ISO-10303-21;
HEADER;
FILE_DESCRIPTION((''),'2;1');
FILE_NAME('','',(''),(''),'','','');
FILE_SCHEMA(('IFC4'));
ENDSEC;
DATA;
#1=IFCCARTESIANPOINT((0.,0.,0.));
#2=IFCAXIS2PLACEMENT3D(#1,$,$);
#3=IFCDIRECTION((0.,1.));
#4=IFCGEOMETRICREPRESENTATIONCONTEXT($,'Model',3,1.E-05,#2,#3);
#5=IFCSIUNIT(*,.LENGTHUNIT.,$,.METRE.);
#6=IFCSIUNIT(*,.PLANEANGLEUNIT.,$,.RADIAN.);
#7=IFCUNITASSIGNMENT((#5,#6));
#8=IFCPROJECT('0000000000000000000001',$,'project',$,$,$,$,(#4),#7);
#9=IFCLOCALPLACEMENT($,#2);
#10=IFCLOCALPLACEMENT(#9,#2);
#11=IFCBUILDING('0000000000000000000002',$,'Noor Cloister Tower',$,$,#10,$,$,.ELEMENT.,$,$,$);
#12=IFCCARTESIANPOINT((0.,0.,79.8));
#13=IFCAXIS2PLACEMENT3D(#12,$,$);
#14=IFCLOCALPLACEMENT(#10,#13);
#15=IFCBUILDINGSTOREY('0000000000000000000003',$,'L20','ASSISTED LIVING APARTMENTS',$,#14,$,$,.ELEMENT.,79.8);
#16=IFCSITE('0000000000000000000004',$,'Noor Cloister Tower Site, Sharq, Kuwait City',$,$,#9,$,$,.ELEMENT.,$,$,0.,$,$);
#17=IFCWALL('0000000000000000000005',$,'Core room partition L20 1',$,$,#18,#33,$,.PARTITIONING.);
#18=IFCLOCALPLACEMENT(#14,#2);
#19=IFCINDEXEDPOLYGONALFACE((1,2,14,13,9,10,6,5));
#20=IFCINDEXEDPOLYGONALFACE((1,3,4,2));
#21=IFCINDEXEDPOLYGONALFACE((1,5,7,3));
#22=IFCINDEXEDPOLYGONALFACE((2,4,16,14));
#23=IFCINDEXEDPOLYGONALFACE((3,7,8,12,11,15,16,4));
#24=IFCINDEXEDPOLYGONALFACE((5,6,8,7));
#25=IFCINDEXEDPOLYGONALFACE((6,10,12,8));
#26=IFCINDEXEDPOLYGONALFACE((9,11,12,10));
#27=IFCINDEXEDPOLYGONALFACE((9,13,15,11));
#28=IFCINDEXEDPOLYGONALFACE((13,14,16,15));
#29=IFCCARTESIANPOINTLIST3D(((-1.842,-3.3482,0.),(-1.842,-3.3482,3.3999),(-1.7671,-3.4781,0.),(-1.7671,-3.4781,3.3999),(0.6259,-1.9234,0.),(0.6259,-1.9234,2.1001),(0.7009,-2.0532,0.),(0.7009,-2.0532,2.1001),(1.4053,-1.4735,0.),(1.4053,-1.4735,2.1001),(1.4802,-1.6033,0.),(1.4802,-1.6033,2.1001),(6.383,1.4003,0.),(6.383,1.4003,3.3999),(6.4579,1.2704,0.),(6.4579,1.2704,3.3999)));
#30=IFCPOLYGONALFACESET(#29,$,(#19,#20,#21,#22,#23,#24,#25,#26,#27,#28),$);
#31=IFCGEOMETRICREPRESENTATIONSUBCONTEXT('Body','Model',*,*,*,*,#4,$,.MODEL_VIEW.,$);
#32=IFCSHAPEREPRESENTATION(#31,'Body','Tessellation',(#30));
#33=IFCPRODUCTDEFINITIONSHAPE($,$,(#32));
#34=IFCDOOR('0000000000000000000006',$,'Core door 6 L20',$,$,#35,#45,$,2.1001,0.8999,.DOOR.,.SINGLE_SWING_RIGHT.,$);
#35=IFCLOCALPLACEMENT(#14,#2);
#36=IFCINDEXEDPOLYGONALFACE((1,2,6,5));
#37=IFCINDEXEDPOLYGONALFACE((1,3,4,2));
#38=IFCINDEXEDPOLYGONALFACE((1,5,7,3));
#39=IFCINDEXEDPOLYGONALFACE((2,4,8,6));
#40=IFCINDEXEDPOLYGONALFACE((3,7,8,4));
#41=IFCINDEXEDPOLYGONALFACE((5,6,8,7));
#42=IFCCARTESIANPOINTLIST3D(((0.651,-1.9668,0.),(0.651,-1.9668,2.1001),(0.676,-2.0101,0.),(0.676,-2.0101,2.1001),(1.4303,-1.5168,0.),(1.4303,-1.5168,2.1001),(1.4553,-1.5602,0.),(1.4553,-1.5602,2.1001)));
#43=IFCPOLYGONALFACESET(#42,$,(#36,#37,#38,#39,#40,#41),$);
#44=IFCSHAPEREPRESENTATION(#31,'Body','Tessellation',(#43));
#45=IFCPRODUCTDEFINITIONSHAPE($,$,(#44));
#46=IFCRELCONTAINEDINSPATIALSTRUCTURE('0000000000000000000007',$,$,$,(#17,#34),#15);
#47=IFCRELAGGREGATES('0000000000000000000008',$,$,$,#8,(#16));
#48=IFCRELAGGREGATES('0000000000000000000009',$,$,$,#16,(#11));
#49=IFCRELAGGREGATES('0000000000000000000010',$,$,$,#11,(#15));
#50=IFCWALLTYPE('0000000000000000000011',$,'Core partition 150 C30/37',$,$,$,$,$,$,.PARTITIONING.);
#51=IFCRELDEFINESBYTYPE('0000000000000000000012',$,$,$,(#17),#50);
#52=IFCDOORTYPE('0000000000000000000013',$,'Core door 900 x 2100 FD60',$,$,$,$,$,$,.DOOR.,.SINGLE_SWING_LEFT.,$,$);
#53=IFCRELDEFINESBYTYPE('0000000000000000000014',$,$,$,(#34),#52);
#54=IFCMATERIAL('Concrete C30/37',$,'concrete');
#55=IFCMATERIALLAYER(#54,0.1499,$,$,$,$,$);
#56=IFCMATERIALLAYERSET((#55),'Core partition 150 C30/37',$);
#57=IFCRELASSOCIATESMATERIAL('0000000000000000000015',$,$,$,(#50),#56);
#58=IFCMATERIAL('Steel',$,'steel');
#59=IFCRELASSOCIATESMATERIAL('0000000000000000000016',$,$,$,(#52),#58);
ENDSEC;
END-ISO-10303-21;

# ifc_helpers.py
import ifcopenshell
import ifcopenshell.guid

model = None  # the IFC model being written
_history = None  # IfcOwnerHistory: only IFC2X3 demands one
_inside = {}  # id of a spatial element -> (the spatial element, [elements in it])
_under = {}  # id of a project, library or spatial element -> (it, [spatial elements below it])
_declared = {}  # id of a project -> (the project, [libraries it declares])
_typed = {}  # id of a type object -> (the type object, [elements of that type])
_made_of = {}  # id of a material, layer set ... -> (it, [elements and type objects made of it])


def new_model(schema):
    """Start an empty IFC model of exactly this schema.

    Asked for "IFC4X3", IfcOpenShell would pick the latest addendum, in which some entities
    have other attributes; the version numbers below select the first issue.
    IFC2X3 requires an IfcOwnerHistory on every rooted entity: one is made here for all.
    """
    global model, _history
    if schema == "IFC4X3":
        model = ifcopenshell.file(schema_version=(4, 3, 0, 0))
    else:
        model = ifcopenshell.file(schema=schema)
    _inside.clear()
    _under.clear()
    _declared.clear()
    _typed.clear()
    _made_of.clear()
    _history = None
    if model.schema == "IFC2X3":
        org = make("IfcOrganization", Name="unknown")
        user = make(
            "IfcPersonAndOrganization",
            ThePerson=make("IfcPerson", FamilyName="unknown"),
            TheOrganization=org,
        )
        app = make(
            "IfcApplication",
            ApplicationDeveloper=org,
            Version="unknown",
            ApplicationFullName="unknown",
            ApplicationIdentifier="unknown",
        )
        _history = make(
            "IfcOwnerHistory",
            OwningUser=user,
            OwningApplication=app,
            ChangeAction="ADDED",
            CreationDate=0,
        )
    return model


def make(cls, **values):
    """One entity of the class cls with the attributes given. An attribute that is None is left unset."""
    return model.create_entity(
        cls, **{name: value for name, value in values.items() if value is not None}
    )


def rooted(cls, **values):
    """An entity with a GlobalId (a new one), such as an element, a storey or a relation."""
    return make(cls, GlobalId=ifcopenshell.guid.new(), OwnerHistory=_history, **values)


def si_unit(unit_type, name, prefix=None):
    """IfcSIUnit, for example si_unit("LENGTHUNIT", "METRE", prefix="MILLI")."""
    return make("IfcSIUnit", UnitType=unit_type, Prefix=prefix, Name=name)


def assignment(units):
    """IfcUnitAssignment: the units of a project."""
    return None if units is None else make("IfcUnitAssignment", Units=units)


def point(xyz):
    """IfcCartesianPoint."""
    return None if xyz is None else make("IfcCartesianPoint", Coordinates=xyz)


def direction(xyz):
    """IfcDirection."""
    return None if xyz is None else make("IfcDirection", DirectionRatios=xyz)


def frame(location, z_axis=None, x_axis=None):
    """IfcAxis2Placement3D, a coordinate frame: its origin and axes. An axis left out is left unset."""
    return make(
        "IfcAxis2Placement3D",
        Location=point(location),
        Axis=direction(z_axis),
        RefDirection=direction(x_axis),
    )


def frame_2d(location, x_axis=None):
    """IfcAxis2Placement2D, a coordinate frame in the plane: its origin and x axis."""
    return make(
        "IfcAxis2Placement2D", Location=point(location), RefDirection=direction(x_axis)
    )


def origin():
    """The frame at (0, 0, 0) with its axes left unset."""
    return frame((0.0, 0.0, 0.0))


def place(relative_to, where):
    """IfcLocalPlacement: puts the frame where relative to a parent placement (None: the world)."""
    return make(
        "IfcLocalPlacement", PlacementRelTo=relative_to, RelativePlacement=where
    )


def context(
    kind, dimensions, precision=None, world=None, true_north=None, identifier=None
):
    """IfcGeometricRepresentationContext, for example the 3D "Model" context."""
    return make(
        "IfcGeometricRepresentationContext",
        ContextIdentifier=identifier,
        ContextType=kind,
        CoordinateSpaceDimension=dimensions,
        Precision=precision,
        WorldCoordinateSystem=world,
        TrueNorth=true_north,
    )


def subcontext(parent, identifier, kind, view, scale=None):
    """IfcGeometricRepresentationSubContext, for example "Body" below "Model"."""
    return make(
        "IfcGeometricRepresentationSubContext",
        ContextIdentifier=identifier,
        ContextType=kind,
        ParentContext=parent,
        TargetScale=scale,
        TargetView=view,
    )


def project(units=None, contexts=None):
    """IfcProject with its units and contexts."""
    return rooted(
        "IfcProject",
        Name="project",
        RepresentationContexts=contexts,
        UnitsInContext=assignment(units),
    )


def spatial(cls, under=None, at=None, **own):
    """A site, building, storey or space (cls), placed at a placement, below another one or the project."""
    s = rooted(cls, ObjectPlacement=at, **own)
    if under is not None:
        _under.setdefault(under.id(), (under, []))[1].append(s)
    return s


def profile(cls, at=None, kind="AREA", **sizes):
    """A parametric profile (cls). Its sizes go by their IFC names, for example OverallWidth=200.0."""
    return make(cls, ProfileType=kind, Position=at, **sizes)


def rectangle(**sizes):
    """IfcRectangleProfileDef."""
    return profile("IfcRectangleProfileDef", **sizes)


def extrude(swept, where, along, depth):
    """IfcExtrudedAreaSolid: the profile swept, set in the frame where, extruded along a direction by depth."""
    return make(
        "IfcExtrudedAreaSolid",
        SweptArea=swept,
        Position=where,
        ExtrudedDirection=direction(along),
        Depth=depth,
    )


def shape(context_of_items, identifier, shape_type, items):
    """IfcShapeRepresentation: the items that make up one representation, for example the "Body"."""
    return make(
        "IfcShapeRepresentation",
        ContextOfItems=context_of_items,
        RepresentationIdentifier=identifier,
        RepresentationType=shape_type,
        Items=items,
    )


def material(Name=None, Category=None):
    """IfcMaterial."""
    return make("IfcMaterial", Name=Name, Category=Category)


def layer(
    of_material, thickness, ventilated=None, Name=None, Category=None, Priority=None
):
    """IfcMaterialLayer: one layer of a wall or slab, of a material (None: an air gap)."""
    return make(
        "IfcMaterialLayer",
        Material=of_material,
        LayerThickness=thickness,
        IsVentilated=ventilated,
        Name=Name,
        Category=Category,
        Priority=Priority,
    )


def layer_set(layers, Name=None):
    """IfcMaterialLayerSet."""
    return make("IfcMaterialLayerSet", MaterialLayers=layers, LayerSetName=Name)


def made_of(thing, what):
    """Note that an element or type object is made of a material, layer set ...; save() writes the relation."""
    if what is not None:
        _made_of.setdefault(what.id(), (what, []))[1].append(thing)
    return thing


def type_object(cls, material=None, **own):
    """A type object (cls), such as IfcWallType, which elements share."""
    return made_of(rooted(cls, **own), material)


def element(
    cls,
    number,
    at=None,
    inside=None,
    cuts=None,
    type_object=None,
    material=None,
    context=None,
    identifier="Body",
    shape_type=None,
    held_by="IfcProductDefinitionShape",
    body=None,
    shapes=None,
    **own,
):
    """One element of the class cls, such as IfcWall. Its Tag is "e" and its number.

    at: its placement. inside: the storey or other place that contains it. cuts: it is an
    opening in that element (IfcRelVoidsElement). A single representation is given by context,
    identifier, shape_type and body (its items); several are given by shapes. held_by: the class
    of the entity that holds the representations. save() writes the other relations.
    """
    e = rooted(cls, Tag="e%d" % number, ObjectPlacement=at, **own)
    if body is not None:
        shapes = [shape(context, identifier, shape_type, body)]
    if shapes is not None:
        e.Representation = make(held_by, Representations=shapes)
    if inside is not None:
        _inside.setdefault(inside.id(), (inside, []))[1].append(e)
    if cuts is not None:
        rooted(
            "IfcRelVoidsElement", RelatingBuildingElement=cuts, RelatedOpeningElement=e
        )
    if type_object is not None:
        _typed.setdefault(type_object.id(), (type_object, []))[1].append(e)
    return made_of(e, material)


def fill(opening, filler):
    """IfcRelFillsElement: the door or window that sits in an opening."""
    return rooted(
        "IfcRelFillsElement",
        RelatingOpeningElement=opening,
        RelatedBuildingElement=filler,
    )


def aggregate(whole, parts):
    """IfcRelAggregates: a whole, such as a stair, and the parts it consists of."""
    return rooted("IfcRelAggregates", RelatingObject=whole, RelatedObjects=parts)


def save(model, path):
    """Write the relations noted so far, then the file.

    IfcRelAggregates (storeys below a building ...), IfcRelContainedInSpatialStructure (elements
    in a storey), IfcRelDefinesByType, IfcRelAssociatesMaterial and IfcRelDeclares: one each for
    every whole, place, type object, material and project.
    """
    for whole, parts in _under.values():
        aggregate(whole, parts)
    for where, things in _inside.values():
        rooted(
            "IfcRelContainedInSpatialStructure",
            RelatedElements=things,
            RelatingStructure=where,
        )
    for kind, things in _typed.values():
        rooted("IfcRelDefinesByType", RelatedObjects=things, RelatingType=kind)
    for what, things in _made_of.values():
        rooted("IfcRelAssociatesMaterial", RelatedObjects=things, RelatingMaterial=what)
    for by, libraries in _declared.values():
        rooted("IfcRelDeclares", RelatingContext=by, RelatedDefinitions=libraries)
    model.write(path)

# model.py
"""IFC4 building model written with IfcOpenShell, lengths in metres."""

from ifc_helpers import new_model, si_unit, direction, frame, frame_2d, origin, place, context, subcontext, project, spatial, rectangle, extrude, material, layer, layer_set, type_object, element, fill, save


model = new_model("IFC4")

# Units and contexts
model_context = context("Model", 3, precision=1e-05, world=origin(), true_north=direction((0.0, 1.0)))
body_context = subcontext(model_context, "Body", "Model", "MODEL_VIEW")
ifc_project = project(units=[si_unit("LENGTHUNIT", "METRE"), si_unit("PLANEANGLEUNIT", "RADIAN")], contexts=[model_context])

# Site, building, storey
site_placement = place(None, origin())
site = spatial("IfcSite", under=ifc_project, at=site_placement, Name="Noor Cloister Tower Site, Sharq, Kuwait City", CompositionType="ELEMENT", RefElevation=0.0)
building_placement = place(site_placement, origin())
building = spatial("IfcBuilding", under=site, at=building_placement, Name="Noor Cloister Tower", CompositionType="ELEMENT")
storey_placement = place(building_placement, frame((0.0, 0.0, 79.8)))
storey = spatial("IfcBuildingStorey", under=building, at=storey_placement, Name="L20", Description="ASSISTED LIVING APARTMENTS", CompositionType="ELEMENT", Elevation=79.8)

# Wall, opening, door
ifc_material_1 = material(Name="Concrete C30/37", Category="concrete")
ifc_layer_1 = layer(ifc_material_1, 0.1499)
ifc_layer_set_1 = layer_set([ifc_layer_1], Name="Core partition 150 C30/37")
wall_type_1 = type_object("IfcWallType", Name="Core partition 150 C30/37", PredefinedType="PARTITIONING", material=ifc_layer_set_1)
wall_1_placement = place(storey_placement, frame((-1.8044, -3.4131, 0.0), z_axis=(0.0, 0.0, 1.0), x_axis=(0.866036, 0.499982, 0.0)))
wall_1 = element("IfcWall", 1, at=wall_1_placement, inside=storey, type_object=wall_type_1, Name="Core room partition L20 1", PredefinedType="PARTITIONING", context=body_context, shape_type="SweptSolid", body=[
    extrude(rectangle(XDim=9.4973, YDim=0.1499, at=frame_2d((4.7485, 0.0))), origin(), (0.0, 0.0, 1.0), 3.3999),
])
opening_1_placement = place(wall_1_placement, frame((2.8496, 0.0, 0.0)))
opening_1 = element("IfcOpeningElement", 2, at=opening_1_placement, cuts=wall_1, PredefinedType="OPENING", context=body_context, shape_type="SweptSolid", body=[
    extrude(rectangle(XDim=0.8999, YDim=2.1001, at=frame_2d((0.45, 1.05))), frame((0.0, 0.085, 0.0), z_axis=(0.0, -1.0, 0.0), x_axis=(1.0, 0.0, 0.0)), (0.0, 0.0, 1.0), 0.1699),
])
ifc_material_2 = material(Name="Steel", Category="steel")
door_type_1 = type_object("IfcDoorType", Name="Core door 900 x 2100 FD60", OperationType="SINGLE_SWING_LEFT", PredefinedType="DOOR", material=ifc_material_2)
door_1_placement = place(opening_1_placement, origin())
door_1 = element("IfcDoor", 3, at=door_1_placement, inside=storey, type_object=door_type_1, Name="Core door 6 L20", OperationType="SINGLE_SWING_RIGHT", OverallHeight=2.1001, OverallWidth=0.8999, PredefinedType="DOOR", context=body_context, shape_type="SweptSolid", body=[
    extrude(rectangle(XDim=0.8999, YDim=2.1001, at=frame_2d((0.45, 1.05))), frame((0.0, 0.0249, 0.0), z_axis=(0.0, -1.0, 0.0), x_axis=(1.0, 0.0, 0.0)), (0.0, 0.0, 1.0), 0.05),
])
fill(opening_1, door_1)

save(model, "model.ifc")
